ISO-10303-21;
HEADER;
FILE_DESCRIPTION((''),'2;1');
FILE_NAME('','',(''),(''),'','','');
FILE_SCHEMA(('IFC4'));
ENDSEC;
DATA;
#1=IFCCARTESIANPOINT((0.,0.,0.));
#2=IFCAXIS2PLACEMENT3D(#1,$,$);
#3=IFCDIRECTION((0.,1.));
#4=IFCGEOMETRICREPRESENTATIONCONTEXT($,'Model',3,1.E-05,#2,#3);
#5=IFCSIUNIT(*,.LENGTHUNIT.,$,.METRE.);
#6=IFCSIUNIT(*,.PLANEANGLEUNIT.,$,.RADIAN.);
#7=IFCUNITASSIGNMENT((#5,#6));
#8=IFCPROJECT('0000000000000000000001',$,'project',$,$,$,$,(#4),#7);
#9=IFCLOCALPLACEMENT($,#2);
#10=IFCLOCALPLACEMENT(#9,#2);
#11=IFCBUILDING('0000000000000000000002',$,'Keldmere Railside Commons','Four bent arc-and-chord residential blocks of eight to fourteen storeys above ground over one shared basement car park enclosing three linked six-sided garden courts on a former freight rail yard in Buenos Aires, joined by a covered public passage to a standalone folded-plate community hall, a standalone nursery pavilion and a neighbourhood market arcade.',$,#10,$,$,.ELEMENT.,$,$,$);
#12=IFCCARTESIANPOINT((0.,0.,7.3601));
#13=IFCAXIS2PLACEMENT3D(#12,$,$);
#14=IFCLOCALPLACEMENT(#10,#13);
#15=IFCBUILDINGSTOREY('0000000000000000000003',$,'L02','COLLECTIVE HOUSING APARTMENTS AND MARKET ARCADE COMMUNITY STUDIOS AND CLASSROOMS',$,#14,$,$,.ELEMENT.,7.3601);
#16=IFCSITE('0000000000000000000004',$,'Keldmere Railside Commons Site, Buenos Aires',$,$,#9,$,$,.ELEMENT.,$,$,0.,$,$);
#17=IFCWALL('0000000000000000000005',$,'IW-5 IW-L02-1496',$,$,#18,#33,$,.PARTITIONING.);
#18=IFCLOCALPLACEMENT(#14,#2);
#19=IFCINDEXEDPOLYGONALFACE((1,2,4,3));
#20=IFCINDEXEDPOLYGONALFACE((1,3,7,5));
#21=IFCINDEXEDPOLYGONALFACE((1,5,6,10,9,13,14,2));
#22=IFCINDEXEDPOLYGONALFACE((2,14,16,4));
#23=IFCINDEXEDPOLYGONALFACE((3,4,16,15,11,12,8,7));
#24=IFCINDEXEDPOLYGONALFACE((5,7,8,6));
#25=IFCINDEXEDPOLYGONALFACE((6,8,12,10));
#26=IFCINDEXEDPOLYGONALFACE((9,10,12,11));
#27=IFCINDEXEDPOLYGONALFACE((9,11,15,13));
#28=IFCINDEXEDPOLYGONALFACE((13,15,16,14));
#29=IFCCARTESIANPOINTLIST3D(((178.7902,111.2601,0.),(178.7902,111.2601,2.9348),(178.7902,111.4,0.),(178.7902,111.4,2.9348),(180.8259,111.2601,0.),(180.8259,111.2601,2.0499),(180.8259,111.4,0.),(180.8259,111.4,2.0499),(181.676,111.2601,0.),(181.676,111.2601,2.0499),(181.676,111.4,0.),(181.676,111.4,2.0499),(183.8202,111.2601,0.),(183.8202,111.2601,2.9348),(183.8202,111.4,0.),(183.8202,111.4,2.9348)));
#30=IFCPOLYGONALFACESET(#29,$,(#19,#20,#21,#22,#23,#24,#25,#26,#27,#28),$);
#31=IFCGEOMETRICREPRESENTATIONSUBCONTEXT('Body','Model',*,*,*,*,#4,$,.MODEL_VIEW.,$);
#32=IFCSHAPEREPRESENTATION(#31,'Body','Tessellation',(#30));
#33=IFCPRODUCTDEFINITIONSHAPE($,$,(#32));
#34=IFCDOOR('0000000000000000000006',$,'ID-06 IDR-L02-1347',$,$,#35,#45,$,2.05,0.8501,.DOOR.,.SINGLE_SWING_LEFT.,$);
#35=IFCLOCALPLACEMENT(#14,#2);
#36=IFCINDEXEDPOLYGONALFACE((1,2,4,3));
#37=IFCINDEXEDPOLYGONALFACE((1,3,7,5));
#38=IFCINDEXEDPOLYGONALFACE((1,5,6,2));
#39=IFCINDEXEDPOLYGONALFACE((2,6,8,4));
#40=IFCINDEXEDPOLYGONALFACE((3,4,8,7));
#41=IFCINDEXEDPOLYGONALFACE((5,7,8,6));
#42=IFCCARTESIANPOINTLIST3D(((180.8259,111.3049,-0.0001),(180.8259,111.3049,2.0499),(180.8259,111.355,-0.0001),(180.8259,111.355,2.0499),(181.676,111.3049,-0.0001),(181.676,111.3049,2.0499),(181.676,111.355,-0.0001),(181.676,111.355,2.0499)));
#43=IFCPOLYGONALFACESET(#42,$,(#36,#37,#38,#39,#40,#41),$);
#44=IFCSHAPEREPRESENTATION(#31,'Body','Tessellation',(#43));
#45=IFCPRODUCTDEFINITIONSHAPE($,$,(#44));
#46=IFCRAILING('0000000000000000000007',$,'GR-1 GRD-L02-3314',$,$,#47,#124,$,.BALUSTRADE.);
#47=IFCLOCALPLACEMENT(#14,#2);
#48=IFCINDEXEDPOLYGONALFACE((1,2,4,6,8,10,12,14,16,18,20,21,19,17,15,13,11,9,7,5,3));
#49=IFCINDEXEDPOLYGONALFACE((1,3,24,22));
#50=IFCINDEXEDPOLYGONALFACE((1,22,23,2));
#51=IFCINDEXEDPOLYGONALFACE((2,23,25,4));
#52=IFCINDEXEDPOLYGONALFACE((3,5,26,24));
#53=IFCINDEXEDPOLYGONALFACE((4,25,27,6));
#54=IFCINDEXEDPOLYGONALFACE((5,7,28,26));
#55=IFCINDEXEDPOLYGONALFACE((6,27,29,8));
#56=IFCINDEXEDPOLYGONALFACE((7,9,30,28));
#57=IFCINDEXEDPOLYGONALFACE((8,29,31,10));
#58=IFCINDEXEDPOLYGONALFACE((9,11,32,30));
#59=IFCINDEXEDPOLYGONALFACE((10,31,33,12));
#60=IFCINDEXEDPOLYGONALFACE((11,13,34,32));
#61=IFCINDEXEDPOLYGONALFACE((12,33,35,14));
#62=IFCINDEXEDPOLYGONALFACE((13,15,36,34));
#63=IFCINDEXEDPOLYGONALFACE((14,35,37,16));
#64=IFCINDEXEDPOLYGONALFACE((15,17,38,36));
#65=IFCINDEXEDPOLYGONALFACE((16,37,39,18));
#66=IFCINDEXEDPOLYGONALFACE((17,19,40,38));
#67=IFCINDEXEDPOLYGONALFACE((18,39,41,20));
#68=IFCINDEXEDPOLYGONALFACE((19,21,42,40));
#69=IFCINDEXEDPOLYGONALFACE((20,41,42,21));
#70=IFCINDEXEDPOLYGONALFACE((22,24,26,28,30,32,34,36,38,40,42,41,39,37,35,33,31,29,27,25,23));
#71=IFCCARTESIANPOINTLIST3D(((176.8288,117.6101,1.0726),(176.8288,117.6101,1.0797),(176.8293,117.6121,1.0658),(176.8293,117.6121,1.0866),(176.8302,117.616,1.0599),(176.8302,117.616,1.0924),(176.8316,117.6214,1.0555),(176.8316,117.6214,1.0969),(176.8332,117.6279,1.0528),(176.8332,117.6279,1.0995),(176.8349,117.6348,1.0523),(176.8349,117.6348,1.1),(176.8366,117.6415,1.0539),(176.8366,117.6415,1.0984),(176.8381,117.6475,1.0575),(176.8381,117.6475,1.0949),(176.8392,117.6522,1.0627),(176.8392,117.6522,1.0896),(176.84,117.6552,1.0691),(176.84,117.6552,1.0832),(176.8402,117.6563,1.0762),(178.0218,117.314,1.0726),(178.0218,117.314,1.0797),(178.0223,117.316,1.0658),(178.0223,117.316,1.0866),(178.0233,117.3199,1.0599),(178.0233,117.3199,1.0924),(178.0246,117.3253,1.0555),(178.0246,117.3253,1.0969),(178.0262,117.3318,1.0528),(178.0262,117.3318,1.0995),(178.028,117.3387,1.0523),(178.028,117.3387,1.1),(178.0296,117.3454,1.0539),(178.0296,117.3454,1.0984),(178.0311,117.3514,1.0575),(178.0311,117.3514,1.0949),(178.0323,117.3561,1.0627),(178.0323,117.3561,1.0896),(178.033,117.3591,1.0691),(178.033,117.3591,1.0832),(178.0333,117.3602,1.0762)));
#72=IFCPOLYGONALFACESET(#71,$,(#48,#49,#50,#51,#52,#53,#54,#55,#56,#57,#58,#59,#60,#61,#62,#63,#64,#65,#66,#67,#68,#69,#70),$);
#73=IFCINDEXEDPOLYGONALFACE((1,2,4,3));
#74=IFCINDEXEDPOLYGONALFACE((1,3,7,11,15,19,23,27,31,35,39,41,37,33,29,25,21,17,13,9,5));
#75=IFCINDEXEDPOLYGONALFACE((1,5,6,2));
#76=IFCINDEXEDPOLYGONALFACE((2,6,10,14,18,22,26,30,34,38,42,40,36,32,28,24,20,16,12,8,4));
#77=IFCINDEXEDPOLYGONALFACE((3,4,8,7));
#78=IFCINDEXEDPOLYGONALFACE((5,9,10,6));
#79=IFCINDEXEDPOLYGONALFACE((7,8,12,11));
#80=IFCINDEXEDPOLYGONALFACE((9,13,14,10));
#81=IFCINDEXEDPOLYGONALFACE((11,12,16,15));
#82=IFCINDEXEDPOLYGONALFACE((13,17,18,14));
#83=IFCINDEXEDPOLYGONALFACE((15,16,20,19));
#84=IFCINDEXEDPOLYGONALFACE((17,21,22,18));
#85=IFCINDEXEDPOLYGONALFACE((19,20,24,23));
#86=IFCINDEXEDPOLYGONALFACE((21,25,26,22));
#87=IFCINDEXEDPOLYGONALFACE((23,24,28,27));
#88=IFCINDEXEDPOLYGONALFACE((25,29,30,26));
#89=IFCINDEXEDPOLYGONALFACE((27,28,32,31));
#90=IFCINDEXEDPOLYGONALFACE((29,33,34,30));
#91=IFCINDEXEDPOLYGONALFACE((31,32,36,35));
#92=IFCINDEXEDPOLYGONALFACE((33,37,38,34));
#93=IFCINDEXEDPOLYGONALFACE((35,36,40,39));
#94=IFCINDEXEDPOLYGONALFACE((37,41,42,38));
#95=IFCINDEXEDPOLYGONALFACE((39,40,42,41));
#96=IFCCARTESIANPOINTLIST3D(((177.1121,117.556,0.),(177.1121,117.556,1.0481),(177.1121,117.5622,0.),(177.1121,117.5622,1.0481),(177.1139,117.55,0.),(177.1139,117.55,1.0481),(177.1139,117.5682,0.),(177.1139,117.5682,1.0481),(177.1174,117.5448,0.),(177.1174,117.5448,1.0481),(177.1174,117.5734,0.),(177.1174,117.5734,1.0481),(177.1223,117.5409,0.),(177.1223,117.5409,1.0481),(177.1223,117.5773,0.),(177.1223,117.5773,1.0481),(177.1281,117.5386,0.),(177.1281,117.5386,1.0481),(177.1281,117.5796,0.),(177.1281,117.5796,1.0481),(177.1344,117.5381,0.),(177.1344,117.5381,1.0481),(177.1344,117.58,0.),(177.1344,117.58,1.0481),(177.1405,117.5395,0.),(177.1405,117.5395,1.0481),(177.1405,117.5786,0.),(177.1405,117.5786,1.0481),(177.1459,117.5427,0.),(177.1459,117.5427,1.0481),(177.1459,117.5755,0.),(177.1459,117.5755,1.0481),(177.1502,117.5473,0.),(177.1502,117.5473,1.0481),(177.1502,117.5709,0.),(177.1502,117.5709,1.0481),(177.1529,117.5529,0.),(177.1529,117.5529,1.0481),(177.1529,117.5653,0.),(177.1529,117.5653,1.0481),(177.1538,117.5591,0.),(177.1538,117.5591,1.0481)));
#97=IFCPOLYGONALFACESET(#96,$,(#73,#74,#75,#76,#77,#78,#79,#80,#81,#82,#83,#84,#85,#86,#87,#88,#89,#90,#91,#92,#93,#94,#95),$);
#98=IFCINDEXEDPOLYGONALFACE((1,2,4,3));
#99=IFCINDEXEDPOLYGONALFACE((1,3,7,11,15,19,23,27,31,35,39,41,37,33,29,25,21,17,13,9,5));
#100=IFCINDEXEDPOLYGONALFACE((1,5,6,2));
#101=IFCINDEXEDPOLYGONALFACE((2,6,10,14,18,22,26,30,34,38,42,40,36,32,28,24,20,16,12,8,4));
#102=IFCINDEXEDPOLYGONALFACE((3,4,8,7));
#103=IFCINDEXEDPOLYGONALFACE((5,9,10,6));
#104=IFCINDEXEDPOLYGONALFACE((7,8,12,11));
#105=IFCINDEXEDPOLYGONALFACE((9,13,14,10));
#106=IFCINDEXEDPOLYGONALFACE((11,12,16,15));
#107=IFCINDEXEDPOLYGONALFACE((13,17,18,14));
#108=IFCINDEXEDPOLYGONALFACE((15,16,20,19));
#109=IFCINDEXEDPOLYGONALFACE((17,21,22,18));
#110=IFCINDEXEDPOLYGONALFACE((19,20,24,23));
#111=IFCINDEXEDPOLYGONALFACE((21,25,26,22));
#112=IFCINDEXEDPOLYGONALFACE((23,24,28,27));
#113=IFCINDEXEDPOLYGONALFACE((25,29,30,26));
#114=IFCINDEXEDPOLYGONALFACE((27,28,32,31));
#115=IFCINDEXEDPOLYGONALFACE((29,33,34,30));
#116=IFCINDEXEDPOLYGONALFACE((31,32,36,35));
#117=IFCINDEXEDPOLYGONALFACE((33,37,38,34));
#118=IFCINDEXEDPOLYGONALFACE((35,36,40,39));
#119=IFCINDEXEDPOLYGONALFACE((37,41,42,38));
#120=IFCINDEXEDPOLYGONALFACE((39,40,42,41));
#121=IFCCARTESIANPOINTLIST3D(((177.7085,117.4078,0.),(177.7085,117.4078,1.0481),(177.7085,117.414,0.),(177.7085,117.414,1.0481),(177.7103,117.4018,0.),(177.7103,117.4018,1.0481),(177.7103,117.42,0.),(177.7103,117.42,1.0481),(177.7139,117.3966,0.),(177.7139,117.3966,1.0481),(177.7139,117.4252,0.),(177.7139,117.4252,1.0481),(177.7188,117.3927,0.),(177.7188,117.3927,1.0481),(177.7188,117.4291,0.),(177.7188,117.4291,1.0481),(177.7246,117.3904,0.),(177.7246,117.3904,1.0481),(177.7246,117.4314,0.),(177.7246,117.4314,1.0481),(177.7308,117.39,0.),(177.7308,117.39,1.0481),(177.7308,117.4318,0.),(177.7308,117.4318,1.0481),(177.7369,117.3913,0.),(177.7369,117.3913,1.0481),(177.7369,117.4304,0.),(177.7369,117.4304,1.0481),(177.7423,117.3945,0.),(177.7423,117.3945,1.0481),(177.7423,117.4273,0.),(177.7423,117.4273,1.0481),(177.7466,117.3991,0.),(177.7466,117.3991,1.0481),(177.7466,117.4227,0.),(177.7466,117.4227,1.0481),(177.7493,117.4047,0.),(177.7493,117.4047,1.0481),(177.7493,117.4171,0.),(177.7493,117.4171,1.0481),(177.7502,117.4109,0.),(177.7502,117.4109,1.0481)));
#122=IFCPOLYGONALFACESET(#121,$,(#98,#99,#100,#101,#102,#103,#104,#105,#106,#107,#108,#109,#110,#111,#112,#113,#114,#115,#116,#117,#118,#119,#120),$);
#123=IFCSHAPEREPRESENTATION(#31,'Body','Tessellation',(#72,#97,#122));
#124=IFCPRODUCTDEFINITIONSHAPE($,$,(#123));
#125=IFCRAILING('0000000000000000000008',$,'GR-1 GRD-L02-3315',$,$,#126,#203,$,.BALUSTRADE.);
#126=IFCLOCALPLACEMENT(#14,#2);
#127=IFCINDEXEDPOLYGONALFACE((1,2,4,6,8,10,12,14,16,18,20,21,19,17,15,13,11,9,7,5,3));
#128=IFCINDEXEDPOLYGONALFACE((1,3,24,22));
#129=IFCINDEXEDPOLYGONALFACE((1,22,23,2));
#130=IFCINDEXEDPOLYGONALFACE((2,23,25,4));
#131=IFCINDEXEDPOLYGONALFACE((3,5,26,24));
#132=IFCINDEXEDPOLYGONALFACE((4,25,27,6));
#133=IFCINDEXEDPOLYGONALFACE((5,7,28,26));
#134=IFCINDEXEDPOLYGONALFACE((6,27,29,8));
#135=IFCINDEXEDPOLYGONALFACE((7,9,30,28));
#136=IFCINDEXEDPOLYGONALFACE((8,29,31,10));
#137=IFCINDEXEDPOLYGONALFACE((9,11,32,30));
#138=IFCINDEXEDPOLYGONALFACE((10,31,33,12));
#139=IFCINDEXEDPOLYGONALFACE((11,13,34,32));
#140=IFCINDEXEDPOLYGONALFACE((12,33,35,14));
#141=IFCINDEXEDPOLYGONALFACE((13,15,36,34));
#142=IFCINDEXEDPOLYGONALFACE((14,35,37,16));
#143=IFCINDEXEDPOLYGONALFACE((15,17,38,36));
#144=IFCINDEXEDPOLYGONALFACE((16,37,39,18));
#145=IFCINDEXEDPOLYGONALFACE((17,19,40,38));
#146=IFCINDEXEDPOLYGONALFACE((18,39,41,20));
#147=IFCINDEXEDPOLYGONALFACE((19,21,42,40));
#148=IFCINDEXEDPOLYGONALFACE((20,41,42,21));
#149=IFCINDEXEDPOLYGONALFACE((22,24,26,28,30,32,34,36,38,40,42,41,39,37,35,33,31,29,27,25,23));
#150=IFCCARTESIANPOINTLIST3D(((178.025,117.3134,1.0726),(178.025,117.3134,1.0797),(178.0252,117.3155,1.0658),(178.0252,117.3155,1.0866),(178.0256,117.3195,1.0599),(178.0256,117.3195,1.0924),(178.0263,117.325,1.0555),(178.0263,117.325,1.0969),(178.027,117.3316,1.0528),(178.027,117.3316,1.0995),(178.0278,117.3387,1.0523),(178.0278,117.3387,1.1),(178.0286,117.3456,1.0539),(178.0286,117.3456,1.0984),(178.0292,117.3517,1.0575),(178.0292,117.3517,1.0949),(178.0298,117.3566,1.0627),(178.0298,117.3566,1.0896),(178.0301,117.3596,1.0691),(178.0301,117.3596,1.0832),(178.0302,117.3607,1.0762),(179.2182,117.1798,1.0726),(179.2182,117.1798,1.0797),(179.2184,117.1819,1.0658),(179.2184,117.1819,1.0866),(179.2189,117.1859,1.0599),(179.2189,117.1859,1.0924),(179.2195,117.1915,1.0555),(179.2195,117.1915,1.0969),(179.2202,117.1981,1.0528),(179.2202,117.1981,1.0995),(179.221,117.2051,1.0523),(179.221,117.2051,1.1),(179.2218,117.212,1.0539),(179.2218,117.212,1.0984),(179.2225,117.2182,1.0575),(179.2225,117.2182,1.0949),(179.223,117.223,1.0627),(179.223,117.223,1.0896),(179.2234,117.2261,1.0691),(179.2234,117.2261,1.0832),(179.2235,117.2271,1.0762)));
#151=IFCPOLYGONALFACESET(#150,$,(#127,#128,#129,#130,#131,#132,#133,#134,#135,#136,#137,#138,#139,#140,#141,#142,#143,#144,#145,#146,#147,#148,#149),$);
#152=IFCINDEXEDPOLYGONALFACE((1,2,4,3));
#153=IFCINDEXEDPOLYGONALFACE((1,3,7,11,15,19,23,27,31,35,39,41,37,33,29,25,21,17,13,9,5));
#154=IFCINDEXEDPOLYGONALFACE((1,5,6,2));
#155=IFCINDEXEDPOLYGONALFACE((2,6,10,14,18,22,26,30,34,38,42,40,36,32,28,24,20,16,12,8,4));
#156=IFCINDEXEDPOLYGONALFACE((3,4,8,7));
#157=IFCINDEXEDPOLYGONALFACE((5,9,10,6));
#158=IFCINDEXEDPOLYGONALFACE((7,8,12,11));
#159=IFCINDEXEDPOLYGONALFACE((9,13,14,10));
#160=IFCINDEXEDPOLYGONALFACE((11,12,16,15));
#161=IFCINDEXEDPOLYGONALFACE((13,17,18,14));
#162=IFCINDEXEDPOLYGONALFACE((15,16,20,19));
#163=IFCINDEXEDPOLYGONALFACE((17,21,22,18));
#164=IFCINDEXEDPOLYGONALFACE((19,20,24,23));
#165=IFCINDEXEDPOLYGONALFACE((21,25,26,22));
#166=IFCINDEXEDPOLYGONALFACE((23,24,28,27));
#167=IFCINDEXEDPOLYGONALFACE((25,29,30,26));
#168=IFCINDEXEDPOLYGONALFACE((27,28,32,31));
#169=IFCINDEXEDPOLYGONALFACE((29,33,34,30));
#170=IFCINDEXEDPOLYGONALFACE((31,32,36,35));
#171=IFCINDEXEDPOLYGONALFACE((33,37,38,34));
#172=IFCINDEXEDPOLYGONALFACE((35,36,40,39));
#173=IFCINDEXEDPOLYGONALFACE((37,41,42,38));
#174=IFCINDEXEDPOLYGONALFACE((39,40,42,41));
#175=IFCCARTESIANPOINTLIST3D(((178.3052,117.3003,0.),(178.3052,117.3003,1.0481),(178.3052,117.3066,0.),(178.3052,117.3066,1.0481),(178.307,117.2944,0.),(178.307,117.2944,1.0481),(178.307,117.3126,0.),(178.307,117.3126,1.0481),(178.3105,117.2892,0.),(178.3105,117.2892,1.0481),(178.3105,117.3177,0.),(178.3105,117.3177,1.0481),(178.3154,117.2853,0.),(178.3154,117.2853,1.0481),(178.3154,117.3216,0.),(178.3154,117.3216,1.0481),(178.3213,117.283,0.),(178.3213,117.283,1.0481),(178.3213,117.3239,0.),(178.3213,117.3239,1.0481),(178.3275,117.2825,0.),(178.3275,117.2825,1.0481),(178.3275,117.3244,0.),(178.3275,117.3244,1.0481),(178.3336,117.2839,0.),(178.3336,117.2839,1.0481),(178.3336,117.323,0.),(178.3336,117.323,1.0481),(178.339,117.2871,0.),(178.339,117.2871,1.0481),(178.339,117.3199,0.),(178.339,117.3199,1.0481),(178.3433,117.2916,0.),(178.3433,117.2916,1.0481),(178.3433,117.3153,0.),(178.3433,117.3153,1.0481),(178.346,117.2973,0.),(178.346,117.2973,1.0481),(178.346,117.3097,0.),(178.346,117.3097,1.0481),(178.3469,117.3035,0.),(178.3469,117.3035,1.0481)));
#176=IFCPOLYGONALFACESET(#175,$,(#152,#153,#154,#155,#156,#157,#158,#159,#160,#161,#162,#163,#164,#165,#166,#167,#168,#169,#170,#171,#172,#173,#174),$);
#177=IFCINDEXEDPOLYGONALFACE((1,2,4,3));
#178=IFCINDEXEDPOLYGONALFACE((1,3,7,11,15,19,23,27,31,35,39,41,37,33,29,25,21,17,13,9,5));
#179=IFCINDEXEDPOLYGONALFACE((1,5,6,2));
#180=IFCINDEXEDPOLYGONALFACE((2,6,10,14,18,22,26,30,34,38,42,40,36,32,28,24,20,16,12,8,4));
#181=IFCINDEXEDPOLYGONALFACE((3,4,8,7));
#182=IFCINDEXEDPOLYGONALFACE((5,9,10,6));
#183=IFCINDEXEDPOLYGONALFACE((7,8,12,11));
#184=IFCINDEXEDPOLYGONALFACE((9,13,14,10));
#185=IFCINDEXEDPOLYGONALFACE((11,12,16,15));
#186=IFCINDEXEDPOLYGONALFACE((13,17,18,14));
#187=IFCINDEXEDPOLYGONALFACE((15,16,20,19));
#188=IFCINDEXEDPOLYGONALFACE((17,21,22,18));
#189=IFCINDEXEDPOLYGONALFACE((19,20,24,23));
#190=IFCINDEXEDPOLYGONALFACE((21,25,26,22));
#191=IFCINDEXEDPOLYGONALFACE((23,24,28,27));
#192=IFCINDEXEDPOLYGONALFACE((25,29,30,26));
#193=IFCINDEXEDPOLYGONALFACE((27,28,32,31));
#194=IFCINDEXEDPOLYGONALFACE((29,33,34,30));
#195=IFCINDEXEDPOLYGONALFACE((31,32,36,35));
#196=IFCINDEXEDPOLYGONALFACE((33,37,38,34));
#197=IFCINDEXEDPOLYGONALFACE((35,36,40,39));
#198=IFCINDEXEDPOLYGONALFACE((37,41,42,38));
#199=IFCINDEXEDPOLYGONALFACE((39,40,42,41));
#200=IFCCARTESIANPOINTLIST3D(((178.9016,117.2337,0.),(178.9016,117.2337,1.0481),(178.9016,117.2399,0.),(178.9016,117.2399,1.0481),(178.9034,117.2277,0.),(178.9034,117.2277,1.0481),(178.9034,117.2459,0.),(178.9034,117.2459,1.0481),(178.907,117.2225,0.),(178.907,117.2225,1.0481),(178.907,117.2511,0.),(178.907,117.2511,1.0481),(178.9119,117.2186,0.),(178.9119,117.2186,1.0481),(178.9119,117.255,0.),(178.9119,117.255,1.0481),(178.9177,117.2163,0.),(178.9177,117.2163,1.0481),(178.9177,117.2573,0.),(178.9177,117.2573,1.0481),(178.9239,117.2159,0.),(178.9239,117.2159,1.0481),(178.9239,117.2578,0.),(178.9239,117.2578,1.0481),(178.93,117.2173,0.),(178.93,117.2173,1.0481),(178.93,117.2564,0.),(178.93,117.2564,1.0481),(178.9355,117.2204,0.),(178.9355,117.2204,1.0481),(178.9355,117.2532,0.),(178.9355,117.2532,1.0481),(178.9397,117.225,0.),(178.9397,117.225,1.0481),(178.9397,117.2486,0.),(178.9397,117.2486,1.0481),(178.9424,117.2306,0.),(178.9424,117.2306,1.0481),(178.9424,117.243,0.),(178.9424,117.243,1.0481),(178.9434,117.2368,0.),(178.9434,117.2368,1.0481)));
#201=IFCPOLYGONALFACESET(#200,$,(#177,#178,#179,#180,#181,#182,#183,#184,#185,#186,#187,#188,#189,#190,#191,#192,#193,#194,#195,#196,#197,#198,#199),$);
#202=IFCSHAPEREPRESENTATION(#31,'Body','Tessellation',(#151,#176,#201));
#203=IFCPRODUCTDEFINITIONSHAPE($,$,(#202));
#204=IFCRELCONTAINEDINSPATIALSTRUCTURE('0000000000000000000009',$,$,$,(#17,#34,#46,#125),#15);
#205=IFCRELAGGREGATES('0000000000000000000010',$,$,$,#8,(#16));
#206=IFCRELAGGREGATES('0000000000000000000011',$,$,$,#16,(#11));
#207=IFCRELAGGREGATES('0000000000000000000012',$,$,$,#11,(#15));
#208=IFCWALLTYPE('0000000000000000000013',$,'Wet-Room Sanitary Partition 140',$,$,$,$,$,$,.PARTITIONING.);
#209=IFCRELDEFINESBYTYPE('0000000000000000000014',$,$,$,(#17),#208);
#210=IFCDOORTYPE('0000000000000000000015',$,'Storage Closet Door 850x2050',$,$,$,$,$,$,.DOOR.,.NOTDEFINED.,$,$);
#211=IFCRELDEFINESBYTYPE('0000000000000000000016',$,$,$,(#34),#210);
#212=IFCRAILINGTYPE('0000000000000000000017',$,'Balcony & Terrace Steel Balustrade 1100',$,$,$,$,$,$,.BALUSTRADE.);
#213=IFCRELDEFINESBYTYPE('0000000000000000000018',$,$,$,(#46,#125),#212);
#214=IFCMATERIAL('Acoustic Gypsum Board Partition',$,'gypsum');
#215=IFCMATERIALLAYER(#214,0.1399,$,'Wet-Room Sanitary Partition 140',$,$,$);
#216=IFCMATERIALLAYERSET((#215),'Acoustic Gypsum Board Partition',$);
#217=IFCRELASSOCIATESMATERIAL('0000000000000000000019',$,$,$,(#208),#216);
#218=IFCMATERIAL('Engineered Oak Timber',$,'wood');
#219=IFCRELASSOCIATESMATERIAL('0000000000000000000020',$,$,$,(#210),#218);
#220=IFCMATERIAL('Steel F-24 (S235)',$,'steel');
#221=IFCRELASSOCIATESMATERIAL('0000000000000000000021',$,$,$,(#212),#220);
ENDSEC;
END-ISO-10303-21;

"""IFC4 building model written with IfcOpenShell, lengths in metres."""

from ifc_helpers import new_model, si_unit, direction, frame, frame_2d, origin, origin_2d, place, context, subcontext, project, spatial, rectangle, circle, extrude, material, layer, layer_set, type_object, element, fill, save


model = new_model("IFC4")

# Units and contexts
model_context = context("Model", 3, precision=1e-05, world=origin(), true_north=direction((0.0, 1.0)))
body_context = subcontext(model_context, "Body", "Model", "MODEL_VIEW")
ifc_project = project(units=[si_unit("LENGTHUNIT", "METRE"), si_unit("PLANEANGLEUNIT", "RADIAN")], contexts=[model_context])

# Site, building, storey
site_placement = place(None, origin())
site = spatial("IfcSite", under=ifc_project, at=site_placement, Name="Keldmere Railside Commons Site, Buenos Aires", CompositionType="ELEMENT", RefElevation=0.0)
building_placement = place(site_placement, origin())
building = spatial("IfcBuilding", under=site, at=building_placement, Name="Keldmere Railside Commons", Description="Four bent arc-and-chord residential blocks of eight to fourteen storeys above ground over one shared basement car park enclosing three linked six-sided garden courts on a former freight rail yard in Buenos Aires, joined by a covered public passage to a standalone folded-plate community hall, a standalone nursery pavilion and a neighbourhood market arcade.", CompositionType="ELEMENT")
storey_placement = place(building_placement, frame((0.0, 0.0, 7.3601)))
storey = spatial("IfcBuildingStorey", under=building, at=storey_placement, Name="L02", Description="COLLECTIVE HOUSING APARTMENTS AND MARKET ARCADE COMMUNITY STUDIOS AND CLASSROOMS", CompositionType="ELEMENT", Elevation=7.3601)

# Wall, opening, door
ifc_material_1 = material(Name="Acoustic Gypsum Board Partition", Category="gypsum")
ifc_layer_1 = layer(ifc_material_1, 0.1399, Name="Wet-Room Sanitary Partition 140")
ifc_layer_set_1 = layer_set([ifc_layer_1], Name="Acoustic Gypsum Board Partition")
wall_type_1 = type_object("IfcWallType", Name="Wet-Room Sanitary Partition 140", PredefinedType="PARTITIONING", material=ifc_layer_set_1)
wall_1_placement = place(storey_placement, frame((178.79, 111.3301, 0.0), z_axis=(0.0, 0.0, 1.0), x_axis=(1.0, 0.0, 0.0)))
wall_1 = element("IfcWall", 1, at=wall_1_placement, inside=storey, type_object=wall_type_1, Name="IW-5 IW-L02-1496", PredefinedType="PARTITIONING", context=body_context, shape_type="SweptSolid", body=[
    extrude(rectangle(XDim=5.03, YDim=0.1399, at=frame_2d((2.5151, 0.0))), origin(), (0.0, 0.0, 1.0), 2.9348),
])
opening_1_placement = place(wall_1_placement, frame((2.0359, 0.0, 0.0)))
opening_1 = element("IfcOpeningElement", 2, at=opening_1_placement, cuts=wall_1, PredefinedType="OPENING", context=body_context, shape_type="SweptSolid", body=[
    extrude(rectangle(XDim=0.8501, YDim=2.05, at=frame_2d((0.425, 1.0249))), frame((0.0, 0.0798, 0.0), z_axis=(0.0, -1.0, 0.0), x_axis=(1.0, 0.0, 0.0)), (0.0, 0.0, 1.0), 0.1599),
])
ifc_material_2 = material(Name="Engineered Oak Timber", Category="wood")
door_type_1 = type_object("IfcDoorType", Name="Storage Closet Door 850x2050", OperationType="NOTDEFINED", PredefinedType="DOOR", material=ifc_material_2)
door_1_placement = place(opening_1_placement, origin())
door_1 = element("IfcDoor", 3, at=door_1_placement, inside=storey, type_object=door_type_1, Name="ID-06 IDR-L02-1347", OperationType="SINGLE_SWING_LEFT", OverallHeight=2.05, OverallWidth=0.8501, PredefinedType="DOOR", context=body_context, shape_type="SweptSolid", body=[
    extrude(rectangle(XDim=0.8501, YDim=2.05, at=frame_2d((0.425, 1.0249))), frame((0.0, 0.0249, 0.0), z_axis=(0.0, -1.0, 0.0), x_axis=(1.0, 0.0, 0.0)), (0.0, 0.0, 1.0), 0.05),
])
fill(opening_1, door_1)

# Railings
ifc_material_3 = material(Name="Steel F-24 (S235)", Category="steel")
railing_type = type_object("IfcRailingType", Name="Balcony & Terrace Steel Balustrade 1100", PredefinedType="BALUSTRADE", material=ifc_material_3)
railing_1_placement = place(storey_placement, frame((176.8345, 117.6331, 0.0)))
element("IfcRailing", 4, at=railing_1_placement, inside=storey, type_object=railing_type, Name="GR-1 GRD-L02-3314", PredefinedType="BALUSTRADE", context=body_context, shape_type="SweptSolid", body=[
    extrude(circle(Radius=0.0239, at=origin_2d()), frame((0.0, 0.0, 1.0762), z_axis=(0.97055, -0.2409, 0.0), x_axis=(0.2409, 0.97055, 0.0)), (0.0, 0.0, 1.0), 1.2292),
    extrude(circle(Radius=0.021, at=origin_2d()), frame((0.2983, -0.074, 0.0)), (0.0, 0.0, 1.0), 1.0481),
    extrude(circle(Radius=0.021, at=origin_2d()), frame((0.8948, -0.2222, 0.0)), (0.0, 0.0, 1.0), 1.0481),
])
railing_2_placement = place(storey_placement, frame((178.0276, 117.3369, 0.0)))
element("IfcRailing", 5, at=railing_2_placement, inside=storey, type_object=railing_type, Name="GR-1 GRD-L02-3315", PredefinedType="BALUSTRADE", context=body_context, shape_type="SweptSolid", body=[
    extrude(circle(Radius=0.0239, at=origin_2d()), frame((0.0, 0.0, 1.0762), z_axis=(0.993794, -0.111235, 0.0), x_axis=(0.111235, 0.993794, 0.0)), (0.0, 0.0, 1.0), 1.2007),
    extrude(circle(Radius=0.021, at=origin_2d()), frame((0.2983, -0.0334, 0.0)), (0.0, 0.0, 1.0), 1.0481),
    extrude(circle(Radius=0.021, at=origin_2d()), frame((0.8948, -0.1001, 0.0)), (0.0, 0.0, 1.0), 1.0481),
])

save(model, "model.ifc")
